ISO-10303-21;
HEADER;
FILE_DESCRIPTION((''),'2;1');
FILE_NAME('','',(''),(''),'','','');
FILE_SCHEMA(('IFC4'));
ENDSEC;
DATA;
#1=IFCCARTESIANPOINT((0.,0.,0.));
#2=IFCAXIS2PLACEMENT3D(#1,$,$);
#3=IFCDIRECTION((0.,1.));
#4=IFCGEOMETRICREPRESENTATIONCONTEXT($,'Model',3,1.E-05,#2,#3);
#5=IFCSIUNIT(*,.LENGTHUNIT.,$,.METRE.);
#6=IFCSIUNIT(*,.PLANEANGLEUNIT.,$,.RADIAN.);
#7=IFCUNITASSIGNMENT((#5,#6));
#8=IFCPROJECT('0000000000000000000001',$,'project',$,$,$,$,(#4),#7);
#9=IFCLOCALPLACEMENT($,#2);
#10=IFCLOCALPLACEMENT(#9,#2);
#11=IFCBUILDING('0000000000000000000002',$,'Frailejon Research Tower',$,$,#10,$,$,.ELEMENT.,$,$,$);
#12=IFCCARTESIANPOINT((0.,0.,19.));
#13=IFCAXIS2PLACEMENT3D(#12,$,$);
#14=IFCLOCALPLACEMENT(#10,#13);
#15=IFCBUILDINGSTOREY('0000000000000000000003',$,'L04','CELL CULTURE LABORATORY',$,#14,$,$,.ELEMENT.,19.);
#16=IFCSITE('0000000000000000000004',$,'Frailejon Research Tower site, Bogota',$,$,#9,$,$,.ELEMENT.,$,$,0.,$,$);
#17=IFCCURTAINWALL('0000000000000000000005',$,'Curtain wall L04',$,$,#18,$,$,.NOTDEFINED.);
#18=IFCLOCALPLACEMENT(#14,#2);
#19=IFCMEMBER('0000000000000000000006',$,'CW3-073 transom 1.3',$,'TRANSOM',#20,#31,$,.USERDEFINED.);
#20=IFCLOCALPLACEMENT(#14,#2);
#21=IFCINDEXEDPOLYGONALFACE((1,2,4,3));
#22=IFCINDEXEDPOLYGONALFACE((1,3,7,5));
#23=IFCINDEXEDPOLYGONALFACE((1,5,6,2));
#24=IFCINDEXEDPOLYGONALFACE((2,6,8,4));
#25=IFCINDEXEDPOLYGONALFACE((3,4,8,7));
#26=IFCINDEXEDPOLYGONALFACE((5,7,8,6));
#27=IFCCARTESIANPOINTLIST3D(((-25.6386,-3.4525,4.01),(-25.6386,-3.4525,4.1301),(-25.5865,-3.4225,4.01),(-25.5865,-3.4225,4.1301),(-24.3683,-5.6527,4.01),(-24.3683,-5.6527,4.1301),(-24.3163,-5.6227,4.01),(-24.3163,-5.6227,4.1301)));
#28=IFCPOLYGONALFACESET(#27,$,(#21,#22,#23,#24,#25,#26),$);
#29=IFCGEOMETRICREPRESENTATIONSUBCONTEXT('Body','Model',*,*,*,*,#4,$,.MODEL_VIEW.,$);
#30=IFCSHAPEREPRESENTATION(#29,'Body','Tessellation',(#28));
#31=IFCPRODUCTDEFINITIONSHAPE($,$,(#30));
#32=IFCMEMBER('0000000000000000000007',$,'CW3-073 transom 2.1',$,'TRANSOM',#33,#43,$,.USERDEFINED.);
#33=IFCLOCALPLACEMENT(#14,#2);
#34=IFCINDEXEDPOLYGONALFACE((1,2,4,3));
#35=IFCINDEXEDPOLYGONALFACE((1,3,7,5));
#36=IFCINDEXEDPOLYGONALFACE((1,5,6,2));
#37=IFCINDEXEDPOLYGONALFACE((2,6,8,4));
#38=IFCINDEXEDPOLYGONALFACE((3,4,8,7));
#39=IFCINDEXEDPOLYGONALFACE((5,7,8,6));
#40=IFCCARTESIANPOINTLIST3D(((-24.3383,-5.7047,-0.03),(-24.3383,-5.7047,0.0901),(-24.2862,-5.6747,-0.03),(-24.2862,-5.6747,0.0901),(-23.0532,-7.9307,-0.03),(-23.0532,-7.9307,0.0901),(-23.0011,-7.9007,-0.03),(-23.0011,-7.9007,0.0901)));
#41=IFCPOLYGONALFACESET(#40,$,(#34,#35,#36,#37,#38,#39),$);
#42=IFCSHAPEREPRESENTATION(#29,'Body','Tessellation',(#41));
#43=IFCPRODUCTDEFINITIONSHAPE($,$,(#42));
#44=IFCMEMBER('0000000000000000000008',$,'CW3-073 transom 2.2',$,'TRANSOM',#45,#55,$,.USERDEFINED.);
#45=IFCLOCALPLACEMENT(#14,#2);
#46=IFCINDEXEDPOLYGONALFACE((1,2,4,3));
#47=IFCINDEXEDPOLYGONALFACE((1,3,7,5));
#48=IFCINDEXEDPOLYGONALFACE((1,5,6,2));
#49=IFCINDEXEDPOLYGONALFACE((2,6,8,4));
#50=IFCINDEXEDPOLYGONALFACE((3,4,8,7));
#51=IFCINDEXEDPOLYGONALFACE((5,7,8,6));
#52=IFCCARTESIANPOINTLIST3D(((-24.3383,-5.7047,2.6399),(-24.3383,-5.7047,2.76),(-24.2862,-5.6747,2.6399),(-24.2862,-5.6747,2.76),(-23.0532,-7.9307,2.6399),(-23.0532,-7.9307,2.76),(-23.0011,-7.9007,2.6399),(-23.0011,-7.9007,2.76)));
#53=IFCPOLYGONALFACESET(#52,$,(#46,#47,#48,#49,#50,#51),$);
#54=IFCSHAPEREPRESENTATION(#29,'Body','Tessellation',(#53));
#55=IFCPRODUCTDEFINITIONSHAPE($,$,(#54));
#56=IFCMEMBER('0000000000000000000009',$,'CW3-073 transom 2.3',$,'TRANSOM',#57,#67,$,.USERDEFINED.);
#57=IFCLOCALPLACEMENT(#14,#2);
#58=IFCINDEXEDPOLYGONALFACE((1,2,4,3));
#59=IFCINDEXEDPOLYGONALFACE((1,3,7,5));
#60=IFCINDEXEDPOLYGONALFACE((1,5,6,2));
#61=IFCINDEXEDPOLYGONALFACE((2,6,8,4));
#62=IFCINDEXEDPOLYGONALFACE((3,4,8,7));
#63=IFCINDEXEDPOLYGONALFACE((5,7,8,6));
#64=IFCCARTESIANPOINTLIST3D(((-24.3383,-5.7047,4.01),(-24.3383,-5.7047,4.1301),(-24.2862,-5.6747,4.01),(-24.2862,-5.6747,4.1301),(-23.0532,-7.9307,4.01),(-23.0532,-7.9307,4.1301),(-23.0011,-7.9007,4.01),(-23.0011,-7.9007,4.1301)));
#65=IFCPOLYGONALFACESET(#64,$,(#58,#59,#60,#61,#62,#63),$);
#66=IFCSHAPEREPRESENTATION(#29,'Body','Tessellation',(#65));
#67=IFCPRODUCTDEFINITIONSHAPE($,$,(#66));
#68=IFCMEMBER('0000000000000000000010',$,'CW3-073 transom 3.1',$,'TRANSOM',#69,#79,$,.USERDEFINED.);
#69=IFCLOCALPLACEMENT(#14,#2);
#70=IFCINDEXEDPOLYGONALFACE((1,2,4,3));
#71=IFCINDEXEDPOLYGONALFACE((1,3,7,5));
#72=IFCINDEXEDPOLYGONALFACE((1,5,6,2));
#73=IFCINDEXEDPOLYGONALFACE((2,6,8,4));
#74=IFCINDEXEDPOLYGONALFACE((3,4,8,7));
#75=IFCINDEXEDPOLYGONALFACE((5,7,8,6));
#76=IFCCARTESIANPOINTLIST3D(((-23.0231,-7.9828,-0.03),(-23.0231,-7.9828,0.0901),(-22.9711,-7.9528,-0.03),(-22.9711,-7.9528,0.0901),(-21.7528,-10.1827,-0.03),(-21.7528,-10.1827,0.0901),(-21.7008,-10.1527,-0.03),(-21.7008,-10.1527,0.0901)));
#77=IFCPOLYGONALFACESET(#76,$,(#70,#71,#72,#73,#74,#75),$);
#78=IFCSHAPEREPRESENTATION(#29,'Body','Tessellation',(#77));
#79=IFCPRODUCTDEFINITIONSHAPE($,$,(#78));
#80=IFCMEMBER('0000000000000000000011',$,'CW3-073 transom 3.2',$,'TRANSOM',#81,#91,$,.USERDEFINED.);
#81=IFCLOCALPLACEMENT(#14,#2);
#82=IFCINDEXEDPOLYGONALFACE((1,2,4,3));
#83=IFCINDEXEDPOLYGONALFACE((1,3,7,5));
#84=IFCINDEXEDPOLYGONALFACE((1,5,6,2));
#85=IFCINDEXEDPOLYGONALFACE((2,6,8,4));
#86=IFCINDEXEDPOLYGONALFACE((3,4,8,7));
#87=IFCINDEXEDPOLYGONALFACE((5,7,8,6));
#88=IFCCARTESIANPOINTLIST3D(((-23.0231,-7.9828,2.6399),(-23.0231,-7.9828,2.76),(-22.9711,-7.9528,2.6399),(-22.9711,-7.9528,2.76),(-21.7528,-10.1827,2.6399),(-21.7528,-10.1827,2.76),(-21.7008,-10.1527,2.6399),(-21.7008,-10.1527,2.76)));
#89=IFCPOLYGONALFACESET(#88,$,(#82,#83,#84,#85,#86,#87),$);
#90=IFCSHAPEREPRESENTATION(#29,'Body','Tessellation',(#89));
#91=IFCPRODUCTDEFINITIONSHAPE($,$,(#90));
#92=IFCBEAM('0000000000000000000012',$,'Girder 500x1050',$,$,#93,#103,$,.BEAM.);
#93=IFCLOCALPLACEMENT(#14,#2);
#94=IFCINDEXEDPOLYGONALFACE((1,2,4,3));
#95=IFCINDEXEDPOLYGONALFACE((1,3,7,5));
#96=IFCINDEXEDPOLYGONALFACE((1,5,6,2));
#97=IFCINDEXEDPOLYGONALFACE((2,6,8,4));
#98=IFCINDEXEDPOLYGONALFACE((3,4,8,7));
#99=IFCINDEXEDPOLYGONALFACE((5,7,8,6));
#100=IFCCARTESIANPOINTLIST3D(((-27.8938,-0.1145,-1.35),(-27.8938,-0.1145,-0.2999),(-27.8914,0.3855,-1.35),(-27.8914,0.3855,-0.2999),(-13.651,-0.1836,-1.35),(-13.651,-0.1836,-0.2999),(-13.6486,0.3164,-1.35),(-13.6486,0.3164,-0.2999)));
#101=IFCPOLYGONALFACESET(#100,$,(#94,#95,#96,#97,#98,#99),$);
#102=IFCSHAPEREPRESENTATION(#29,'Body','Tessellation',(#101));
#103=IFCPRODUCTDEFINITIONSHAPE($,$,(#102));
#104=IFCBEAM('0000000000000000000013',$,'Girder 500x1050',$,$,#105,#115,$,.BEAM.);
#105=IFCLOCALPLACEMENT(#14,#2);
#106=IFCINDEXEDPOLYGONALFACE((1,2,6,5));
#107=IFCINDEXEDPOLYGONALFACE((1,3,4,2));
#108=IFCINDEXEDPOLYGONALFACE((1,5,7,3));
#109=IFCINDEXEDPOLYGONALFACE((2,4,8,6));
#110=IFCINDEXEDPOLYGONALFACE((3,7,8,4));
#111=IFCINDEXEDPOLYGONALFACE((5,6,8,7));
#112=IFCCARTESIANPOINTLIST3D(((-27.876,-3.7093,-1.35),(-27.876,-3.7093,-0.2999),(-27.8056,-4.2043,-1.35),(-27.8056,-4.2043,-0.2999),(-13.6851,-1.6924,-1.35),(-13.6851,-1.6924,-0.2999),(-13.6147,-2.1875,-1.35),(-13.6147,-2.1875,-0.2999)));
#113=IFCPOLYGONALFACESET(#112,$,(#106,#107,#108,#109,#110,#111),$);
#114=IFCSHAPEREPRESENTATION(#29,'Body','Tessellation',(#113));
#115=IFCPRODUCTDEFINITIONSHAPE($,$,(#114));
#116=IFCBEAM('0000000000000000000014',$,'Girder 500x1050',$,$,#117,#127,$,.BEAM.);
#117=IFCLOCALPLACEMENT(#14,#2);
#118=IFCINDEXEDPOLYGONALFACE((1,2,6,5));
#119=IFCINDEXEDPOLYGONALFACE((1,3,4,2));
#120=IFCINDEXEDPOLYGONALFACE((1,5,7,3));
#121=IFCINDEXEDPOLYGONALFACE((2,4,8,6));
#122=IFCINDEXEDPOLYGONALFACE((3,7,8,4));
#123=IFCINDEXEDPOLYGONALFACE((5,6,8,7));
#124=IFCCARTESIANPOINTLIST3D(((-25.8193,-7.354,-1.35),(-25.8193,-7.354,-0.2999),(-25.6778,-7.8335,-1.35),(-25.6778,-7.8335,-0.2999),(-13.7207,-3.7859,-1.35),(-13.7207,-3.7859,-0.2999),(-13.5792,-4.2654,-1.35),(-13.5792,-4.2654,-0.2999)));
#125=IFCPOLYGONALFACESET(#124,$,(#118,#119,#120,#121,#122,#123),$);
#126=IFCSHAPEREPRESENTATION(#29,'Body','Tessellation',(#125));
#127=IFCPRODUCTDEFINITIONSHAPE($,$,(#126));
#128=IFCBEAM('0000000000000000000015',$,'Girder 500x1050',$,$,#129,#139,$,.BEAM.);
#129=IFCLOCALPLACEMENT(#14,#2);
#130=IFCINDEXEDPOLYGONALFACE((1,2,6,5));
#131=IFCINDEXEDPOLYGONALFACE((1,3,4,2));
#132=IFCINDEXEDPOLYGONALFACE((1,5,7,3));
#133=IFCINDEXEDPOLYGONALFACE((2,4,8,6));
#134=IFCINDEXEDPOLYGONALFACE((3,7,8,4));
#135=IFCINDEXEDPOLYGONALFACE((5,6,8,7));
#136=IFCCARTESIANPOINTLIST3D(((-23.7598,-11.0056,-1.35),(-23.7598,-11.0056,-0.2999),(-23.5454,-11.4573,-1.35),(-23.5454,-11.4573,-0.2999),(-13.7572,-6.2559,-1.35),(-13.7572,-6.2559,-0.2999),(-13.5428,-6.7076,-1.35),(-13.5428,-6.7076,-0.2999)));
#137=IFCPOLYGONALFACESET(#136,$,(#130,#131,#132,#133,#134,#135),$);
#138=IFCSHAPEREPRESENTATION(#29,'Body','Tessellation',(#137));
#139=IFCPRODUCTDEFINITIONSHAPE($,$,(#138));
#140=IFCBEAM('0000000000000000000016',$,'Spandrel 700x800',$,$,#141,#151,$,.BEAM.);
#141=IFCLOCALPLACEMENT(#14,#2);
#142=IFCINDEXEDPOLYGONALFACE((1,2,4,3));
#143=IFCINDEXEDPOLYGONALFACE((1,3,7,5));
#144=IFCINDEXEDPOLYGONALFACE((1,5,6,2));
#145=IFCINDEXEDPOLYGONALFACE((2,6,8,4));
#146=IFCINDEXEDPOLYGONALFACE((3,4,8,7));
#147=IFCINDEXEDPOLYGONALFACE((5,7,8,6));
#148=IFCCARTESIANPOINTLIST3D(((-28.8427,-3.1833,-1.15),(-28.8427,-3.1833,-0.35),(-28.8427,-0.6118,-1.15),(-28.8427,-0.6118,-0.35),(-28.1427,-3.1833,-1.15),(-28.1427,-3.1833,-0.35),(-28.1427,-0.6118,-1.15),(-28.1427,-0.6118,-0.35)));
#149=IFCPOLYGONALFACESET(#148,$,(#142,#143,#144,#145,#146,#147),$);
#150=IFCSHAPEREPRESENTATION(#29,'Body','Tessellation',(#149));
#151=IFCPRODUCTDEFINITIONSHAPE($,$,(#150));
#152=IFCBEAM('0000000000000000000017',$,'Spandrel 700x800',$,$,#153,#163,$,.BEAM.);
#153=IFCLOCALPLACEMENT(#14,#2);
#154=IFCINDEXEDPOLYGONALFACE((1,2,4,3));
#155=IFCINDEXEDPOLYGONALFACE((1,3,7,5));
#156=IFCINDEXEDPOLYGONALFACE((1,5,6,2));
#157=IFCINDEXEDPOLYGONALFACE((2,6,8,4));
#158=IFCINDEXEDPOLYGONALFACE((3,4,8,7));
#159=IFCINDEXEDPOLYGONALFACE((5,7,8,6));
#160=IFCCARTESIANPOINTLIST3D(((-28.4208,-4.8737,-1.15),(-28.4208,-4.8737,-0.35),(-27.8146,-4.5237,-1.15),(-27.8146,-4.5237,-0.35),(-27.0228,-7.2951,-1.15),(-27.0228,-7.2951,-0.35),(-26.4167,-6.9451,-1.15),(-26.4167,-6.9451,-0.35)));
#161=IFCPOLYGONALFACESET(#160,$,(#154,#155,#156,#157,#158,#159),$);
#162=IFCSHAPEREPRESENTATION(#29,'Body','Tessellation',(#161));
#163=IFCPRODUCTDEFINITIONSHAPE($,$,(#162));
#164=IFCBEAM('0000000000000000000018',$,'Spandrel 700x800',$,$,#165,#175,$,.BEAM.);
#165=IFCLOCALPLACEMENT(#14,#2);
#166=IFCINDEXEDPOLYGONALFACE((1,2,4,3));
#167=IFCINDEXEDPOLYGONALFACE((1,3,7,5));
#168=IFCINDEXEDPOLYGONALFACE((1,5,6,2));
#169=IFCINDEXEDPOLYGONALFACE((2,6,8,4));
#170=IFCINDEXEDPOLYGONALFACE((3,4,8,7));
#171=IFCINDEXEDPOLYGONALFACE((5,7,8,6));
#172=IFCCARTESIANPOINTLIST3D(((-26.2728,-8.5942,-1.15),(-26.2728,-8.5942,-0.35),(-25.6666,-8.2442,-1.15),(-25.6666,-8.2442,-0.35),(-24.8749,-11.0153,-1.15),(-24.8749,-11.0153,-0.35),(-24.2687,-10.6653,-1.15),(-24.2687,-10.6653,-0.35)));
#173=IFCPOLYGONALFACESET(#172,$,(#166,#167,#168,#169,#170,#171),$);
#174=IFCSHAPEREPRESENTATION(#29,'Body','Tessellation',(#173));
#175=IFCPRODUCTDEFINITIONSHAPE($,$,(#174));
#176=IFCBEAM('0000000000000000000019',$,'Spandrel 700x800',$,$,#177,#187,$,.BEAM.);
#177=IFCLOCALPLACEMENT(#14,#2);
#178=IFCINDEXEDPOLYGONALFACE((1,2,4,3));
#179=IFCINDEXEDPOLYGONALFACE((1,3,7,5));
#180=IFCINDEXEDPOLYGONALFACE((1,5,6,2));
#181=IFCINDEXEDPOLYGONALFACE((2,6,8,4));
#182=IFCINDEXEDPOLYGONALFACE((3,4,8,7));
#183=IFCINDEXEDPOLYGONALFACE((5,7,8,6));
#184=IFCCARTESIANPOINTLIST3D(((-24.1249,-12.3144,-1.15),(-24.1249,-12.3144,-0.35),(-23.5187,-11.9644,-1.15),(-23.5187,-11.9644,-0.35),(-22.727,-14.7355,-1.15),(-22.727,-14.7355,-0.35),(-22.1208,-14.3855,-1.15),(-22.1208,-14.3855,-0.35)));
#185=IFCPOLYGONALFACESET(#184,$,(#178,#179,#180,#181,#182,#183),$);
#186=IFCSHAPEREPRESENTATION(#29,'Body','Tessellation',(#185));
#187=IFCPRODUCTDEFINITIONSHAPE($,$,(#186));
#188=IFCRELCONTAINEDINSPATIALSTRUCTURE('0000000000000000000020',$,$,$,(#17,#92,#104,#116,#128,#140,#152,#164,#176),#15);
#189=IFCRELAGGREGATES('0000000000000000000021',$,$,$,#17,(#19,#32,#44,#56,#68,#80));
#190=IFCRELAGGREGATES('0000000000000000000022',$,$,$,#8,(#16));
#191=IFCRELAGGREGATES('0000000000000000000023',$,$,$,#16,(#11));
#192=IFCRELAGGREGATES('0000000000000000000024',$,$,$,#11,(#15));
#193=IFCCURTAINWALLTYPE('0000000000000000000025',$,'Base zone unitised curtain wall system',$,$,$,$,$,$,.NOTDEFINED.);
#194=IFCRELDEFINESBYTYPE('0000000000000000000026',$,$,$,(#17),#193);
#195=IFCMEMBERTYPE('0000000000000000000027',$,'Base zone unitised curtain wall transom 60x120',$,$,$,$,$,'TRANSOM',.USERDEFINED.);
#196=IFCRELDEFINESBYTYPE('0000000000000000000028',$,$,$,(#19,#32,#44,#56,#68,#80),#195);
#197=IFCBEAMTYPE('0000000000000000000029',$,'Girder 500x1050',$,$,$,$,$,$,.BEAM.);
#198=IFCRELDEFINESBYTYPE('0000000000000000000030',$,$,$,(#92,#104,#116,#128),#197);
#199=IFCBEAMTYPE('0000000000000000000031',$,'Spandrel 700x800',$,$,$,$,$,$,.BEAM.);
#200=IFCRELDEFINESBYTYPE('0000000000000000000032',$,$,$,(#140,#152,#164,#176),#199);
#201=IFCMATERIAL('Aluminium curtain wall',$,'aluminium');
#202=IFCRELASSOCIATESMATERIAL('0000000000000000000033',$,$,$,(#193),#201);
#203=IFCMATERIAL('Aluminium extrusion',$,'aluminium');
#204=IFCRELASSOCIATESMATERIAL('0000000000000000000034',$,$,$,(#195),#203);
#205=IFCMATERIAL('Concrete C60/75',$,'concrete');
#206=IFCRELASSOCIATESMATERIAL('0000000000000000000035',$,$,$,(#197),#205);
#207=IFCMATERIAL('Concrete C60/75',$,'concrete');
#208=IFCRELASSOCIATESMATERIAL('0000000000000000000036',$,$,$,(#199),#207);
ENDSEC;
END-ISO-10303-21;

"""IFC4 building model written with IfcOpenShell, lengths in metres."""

from ifc_helpers import new_model, si_unit, direction, frame, origin, origin_2d, place, context, subcontext, project, spatial, rectangle, extrude, material, material_profile, profile_set, type_object, element, aggregate, save


model = new_model("IFC4")

# Units and contexts
model_context = context("Model", 3, precision=1e-05, world=origin(), true_north=direction((0.0, 1.0)))
body_context = subcontext(model_context, "Body", "Model", "MODEL_VIEW")
ifc_project = project(units=[si_unit("LENGTHUNIT", "METRE"), si_unit("PLANEANGLEUNIT", "RADIAN")], contexts=[model_context])

# Site, building, storey
site_placement = place(None, origin())
site = spatial("IfcSite", under=ifc_project, at=site_placement, Name="Frailejon Research Tower site, Bogota", CompositionType="ELEMENT", RefElevation=0.0)
building_placement = place(site_placement, origin())
building = spatial("IfcBuilding", under=site, at=building_placement, Name="Frailejon Research Tower", CompositionType="ELEMENT")
storey_placement = place(building_placement, frame((0.0, 0.0, 19.0)))
storey = spatial("IfcBuildingStorey", under=building, at=storey_placement, Name="L04", Description="CELL CULTURE LABORATORY", CompositionType="ELEMENT", Elevation=19.0)

# Curtain wall
ifc_material_1 = material(Name="Aluminium curtain wall", Category="aluminium")
curtain_wall_type = type_object("IfcCurtainWallType", Name="Base zone unitised curtain wall system", PredefinedType="NOTDEFINED", material=ifc_material_1)
curtain_wall_1_placement = place(storey_placement, origin())
curtain_wall_1 = element("IfcCurtainWall", 1, at=curtain_wall_1_placement, inside=storey, type_object=curtain_wall_type, Name="Curtain wall L04", PredefinedType="NOTDEFINED")

# Members
ifc_material_2 = material(Name="Aluminium extrusion", Category="aluminium")
ifc_material_profile_1 = material_profile(ifc_material_2, rectangle(XDim=0.0601, YDim=0.1201, at=origin_2d()), Name="Base zone unitised curtain wall transom 60x120")
ifc_profile_set_1 = profile_set([ifc_material_profile_1], Name="Aluminium extrusion")
member_type_1 = type_object("IfcMemberType", Name="Base zone unitised curtain wall transom 60x120", ElementType="TRANSOM", PredefinedType="USERDEFINED", material=ifc_profile_set_1)
member_1_placement = place(storey_placement, frame((-25.6125, -3.4375, 4.0701), z_axis=(0.499994, -0.866029, 0.0), x_axis=(0.866029, 0.499994, 0.0)))
member_1 = element("IfcMember", 2, at=member_1_placement, type_object=member_type_1, Name="CW3-073 transom 1.3", ObjectType="TRANSOM", PredefinedType="USERDEFINED", context=body_context, shape_type="SweptSolid", body=[
    extrude(rectangle(XDim=0.0601, YDim=0.1201, at=origin_2d()), origin(), (0.0, 0.0, 1.0), 2.5405),
])
member_2_placement = place(storey_placement, frame((-24.3123, -5.6897, 0.03), z_axis=(0.49998, -0.866037, 0.0), x_axis=(0.866037, 0.49998, 0.0)))
member_2 = element("IfcMember", 3, at=member_2_placement, type_object=member_type_1, Name="CW3-073 transom 2.1", ObjectType="TRANSOM", PredefinedType="USERDEFINED", context=body_context, shape_type="SweptSolid", body=[
    extrude(rectangle(XDim=0.0601, YDim=0.1201, at=origin_2d()), origin(), (0.0, 0.0, 1.0), 2.5703),
])
member_3_placement = place(storey_placement, frame((-24.3123, -5.6897, 2.7), z_axis=(0.49998, -0.866037, 0.0), x_axis=(0.866037, 0.49998, 0.0)))
member_3 = element("IfcMember", 4, at=member_3_placement, type_object=member_type_1, Name="CW3-073 transom 2.2", ObjectType="TRANSOM", PredefinedType="USERDEFINED", context=body_context, shape_type="SweptSolid", body=[
    extrude(rectangle(XDim=0.0601, YDim=0.1201, at=origin_2d()), origin(), (0.0, 0.0, 1.0), 2.5703),
])
member_4_placement = place(storey_placement, frame((-24.3123, -5.6897, 4.0701), z_axis=(0.49998, -0.866037, 0.0), x_axis=(0.866037, 0.49998, 0.0)))
member_4 = element("IfcMember", 5, at=member_4_placement, type_object=member_type_1, Name="CW3-073 transom 2.3", ObjectType="TRANSOM", PredefinedType="USERDEFINED", context=body_context, shape_type="SweptSolid", body=[
    extrude(rectangle(XDim=0.0601, YDim=0.1201, at=origin_2d()), origin(), (0.0, 0.0, 1.0), 2.5703),
])
member_5_placement = place(storey_placement, frame((-22.9971, -7.9678, 0.03), z_axis=(0.500036, -0.866005, 0.0), x_axis=(0.866005, 0.500036, 0.0)))
member_5 = element("IfcMember", 6, at=member_5_placement, type_object=member_type_1, Name="CW3-073 transom 3.1", ObjectType="TRANSOM", PredefinedType="USERDEFINED", context=body_context, shape_type="SweptSolid", body=[
    extrude(rectangle(XDim=0.0601, YDim=0.1201, at=origin_2d()), origin(), (0.0, 0.0, 1.0), 2.5403),
])
member_6_placement = place(storey_placement, frame((-22.9971, -7.9678, 2.7), z_axis=(0.500036, -0.866005, 0.0), x_axis=(0.866005, 0.500036, 0.0)))
member_6 = element("IfcMember", 7, at=member_6_placement, type_object=member_type_1, Name="CW3-073 transom 3.2", ObjectType="TRANSOM", PredefinedType="USERDEFINED", context=body_context, shape_type="SweptSolid", body=[
    extrude(rectangle(XDim=0.0601, YDim=0.1201, at=origin_2d()), origin(), (0.0, 0.0, 1.0), 2.5403),
])

# Beams
ifc_material_3 = material(Name="Concrete C60/75", Category="concrete")
ifc_material_profile_2 = material_profile(ifc_material_3, rectangle(XDim=0.5, YDim=1.05, at=origin_2d()), Name="Girder 500x1050")
ifc_profile_set_2 = profile_set([ifc_material_profile_2], Name="Concrete C60/75")
beam_type_1 = type_object("IfcBeamType", Name="Girder 500x1050", PredefinedType="BEAM", material=ifc_profile_set_2)
beam_1_placement = place(storey_placement, frame((-27.8926, 0.1355, -0.825), z_axis=(0.999988, -0.004851, 0.0), x_axis=(0.004851, 0.999988, 0.0)))
element("IfcBeam", 8, at=beam_1_placement, inside=storey, type_object=beam_type_1, Name="Girder 500x1050", PredefinedType="BEAM", context=body_context, shape_type="SweptSolid", body=[
    extrude(rectangle(XDim=0.5, YDim=1.05, at=origin_2d()), origin(), (0.0, 0.0, 1.0), 14.2429),
])
beam_2_placement = place(storey_placement, frame((-27.8408, -3.9568, -0.825), z_axis=(0.990051, 0.140708, 0.0), x_axis=(-0.140708, 0.990051, 0.0)))
element("IfcBeam", 9, at=beam_2_placement, inside=storey, type_object=beam_type_1, Name="Girder 500x1050", PredefinedType="BEAM", context=body_context, shape_type="SweptSolid", body=[
    extrude(rectangle(XDim=0.5, YDim=1.05, at=origin_2d()), origin(), (0.0, 0.0, 1.0), 14.3335),
])
beam_3_placement = place(storey_placement, frame((-25.7485, -7.5938, -0.825), z_axis=(0.959157, 0.282874, 0.0), x_axis=(-0.282874, 0.959157, 0.0)))
element("IfcBeam", 10, at=beam_3_placement, inside=storey, type_object=beam_type_1, Name="Girder 500x1050", PredefinedType="BEAM", context=body_context, shape_type="SweptSolid", body=[
    extrude(rectangle(XDim=0.5, YDim=1.05, at=origin_2d()), origin(), (0.0, 0.0, 1.0), 12.6138),
])
beam_4_placement = place(storey_placement, frame((-23.6526, -11.2314, -0.825), z_axis=(0.903331, 0.428945, 0.0), x_axis=(-0.428945, 0.903331, 0.0)))
element("IfcBeam", 11, at=beam_4_placement, inside=storey, type_object=beam_type_1, Name="Girder 500x1050", PredefinedType="BEAM", context=body_context, shape_type="SweptSolid", body=[
    extrude(rectangle(XDim=0.5, YDim=1.05, at=origin_2d()), origin(), (0.0, 0.0, 1.0), 11.073),
])
ifc_material_4 = material(Name="Concrete C60/75", Category="concrete")
ifc_material_profile_3 = material_profile(ifc_material_4, rectangle(XDim=0.7, YDim=0.8, at=origin_2d()), Name="Spandrel 700x800")
ifc_profile_set_3 = profile_set([ifc_material_profile_3], Name="Concrete C60/75")
beam_type_2 = type_object("IfcBeamType", Name="Spandrel 700x800", PredefinedType="BEAM", material=ifc_profile_set_3)
beam_5_placement = place(storey_placement, frame((-28.4927, -0.6118, -0.75), z_axis=(0.0, -1.0, 0.0), x_axis=(1.0, 0.0, 0.0)))
element("IfcBeam", 12, at=beam_5_placement, inside=storey, type_object=beam_type_2, Name="Spandrel 700x800", PredefinedType="BEAM", context=body_context, shape_type="SweptSolid", body=[
    extrude(rectangle(XDim=0.7, YDim=0.8, at=origin_2d()), origin(), (0.0, 0.0, 1.0), 2.5715),
])
beam_6_placement = place(storey_placement, frame((-28.1177, -4.6987, -0.75), z_axis=(0.49999, -0.866031, 0.0), x_axis=(0.866031, 0.49999, 0.0)))
element("IfcBeam", 13, at=beam_6_placement, inside=storey, type_object=beam_type_2, Name="Spandrel 700x800", PredefinedType="BEAM", context=body_context, shape_type="SweptSolid", body=[
    extrude(rectangle(XDim=0.7, YDim=0.8, at=origin_2d()), origin(), (0.0, 0.0, 1.0), 2.7959),
])
for number, where, z_axis, x_axis, name in (
    (14, (-25.9697, -8.4192, -0.75), (0.500027, -0.86601, 0.0), (0.86601, 0.500027, 0.0), "Spandrel 700x800"),
    (15, (-23.8218, -12.1394, -0.75), (0.500027, -0.86601, 0.0), (0.86601, 0.500027, 0.0), "Spandrel 700x800"),
):
    element("IfcBeam", number, at=place(storey_placement, frame(where, z_axis=z_axis, x_axis=x_axis)), inside=storey, type_object=beam_type_2, Name=name, PredefinedType="BEAM", context=body_context, shape_type="SweptSolid", body=[
        extrude(rectangle(XDim=0.7, YDim=0.8, at=origin_2d()), origin(), (0.0, 0.0, 1.0), 2.7957),
    ])

aggregate(curtain_wall_1, [member_1, member_2, member_3, member_4, member_5, member_6])

save(model, "model.ifc")
